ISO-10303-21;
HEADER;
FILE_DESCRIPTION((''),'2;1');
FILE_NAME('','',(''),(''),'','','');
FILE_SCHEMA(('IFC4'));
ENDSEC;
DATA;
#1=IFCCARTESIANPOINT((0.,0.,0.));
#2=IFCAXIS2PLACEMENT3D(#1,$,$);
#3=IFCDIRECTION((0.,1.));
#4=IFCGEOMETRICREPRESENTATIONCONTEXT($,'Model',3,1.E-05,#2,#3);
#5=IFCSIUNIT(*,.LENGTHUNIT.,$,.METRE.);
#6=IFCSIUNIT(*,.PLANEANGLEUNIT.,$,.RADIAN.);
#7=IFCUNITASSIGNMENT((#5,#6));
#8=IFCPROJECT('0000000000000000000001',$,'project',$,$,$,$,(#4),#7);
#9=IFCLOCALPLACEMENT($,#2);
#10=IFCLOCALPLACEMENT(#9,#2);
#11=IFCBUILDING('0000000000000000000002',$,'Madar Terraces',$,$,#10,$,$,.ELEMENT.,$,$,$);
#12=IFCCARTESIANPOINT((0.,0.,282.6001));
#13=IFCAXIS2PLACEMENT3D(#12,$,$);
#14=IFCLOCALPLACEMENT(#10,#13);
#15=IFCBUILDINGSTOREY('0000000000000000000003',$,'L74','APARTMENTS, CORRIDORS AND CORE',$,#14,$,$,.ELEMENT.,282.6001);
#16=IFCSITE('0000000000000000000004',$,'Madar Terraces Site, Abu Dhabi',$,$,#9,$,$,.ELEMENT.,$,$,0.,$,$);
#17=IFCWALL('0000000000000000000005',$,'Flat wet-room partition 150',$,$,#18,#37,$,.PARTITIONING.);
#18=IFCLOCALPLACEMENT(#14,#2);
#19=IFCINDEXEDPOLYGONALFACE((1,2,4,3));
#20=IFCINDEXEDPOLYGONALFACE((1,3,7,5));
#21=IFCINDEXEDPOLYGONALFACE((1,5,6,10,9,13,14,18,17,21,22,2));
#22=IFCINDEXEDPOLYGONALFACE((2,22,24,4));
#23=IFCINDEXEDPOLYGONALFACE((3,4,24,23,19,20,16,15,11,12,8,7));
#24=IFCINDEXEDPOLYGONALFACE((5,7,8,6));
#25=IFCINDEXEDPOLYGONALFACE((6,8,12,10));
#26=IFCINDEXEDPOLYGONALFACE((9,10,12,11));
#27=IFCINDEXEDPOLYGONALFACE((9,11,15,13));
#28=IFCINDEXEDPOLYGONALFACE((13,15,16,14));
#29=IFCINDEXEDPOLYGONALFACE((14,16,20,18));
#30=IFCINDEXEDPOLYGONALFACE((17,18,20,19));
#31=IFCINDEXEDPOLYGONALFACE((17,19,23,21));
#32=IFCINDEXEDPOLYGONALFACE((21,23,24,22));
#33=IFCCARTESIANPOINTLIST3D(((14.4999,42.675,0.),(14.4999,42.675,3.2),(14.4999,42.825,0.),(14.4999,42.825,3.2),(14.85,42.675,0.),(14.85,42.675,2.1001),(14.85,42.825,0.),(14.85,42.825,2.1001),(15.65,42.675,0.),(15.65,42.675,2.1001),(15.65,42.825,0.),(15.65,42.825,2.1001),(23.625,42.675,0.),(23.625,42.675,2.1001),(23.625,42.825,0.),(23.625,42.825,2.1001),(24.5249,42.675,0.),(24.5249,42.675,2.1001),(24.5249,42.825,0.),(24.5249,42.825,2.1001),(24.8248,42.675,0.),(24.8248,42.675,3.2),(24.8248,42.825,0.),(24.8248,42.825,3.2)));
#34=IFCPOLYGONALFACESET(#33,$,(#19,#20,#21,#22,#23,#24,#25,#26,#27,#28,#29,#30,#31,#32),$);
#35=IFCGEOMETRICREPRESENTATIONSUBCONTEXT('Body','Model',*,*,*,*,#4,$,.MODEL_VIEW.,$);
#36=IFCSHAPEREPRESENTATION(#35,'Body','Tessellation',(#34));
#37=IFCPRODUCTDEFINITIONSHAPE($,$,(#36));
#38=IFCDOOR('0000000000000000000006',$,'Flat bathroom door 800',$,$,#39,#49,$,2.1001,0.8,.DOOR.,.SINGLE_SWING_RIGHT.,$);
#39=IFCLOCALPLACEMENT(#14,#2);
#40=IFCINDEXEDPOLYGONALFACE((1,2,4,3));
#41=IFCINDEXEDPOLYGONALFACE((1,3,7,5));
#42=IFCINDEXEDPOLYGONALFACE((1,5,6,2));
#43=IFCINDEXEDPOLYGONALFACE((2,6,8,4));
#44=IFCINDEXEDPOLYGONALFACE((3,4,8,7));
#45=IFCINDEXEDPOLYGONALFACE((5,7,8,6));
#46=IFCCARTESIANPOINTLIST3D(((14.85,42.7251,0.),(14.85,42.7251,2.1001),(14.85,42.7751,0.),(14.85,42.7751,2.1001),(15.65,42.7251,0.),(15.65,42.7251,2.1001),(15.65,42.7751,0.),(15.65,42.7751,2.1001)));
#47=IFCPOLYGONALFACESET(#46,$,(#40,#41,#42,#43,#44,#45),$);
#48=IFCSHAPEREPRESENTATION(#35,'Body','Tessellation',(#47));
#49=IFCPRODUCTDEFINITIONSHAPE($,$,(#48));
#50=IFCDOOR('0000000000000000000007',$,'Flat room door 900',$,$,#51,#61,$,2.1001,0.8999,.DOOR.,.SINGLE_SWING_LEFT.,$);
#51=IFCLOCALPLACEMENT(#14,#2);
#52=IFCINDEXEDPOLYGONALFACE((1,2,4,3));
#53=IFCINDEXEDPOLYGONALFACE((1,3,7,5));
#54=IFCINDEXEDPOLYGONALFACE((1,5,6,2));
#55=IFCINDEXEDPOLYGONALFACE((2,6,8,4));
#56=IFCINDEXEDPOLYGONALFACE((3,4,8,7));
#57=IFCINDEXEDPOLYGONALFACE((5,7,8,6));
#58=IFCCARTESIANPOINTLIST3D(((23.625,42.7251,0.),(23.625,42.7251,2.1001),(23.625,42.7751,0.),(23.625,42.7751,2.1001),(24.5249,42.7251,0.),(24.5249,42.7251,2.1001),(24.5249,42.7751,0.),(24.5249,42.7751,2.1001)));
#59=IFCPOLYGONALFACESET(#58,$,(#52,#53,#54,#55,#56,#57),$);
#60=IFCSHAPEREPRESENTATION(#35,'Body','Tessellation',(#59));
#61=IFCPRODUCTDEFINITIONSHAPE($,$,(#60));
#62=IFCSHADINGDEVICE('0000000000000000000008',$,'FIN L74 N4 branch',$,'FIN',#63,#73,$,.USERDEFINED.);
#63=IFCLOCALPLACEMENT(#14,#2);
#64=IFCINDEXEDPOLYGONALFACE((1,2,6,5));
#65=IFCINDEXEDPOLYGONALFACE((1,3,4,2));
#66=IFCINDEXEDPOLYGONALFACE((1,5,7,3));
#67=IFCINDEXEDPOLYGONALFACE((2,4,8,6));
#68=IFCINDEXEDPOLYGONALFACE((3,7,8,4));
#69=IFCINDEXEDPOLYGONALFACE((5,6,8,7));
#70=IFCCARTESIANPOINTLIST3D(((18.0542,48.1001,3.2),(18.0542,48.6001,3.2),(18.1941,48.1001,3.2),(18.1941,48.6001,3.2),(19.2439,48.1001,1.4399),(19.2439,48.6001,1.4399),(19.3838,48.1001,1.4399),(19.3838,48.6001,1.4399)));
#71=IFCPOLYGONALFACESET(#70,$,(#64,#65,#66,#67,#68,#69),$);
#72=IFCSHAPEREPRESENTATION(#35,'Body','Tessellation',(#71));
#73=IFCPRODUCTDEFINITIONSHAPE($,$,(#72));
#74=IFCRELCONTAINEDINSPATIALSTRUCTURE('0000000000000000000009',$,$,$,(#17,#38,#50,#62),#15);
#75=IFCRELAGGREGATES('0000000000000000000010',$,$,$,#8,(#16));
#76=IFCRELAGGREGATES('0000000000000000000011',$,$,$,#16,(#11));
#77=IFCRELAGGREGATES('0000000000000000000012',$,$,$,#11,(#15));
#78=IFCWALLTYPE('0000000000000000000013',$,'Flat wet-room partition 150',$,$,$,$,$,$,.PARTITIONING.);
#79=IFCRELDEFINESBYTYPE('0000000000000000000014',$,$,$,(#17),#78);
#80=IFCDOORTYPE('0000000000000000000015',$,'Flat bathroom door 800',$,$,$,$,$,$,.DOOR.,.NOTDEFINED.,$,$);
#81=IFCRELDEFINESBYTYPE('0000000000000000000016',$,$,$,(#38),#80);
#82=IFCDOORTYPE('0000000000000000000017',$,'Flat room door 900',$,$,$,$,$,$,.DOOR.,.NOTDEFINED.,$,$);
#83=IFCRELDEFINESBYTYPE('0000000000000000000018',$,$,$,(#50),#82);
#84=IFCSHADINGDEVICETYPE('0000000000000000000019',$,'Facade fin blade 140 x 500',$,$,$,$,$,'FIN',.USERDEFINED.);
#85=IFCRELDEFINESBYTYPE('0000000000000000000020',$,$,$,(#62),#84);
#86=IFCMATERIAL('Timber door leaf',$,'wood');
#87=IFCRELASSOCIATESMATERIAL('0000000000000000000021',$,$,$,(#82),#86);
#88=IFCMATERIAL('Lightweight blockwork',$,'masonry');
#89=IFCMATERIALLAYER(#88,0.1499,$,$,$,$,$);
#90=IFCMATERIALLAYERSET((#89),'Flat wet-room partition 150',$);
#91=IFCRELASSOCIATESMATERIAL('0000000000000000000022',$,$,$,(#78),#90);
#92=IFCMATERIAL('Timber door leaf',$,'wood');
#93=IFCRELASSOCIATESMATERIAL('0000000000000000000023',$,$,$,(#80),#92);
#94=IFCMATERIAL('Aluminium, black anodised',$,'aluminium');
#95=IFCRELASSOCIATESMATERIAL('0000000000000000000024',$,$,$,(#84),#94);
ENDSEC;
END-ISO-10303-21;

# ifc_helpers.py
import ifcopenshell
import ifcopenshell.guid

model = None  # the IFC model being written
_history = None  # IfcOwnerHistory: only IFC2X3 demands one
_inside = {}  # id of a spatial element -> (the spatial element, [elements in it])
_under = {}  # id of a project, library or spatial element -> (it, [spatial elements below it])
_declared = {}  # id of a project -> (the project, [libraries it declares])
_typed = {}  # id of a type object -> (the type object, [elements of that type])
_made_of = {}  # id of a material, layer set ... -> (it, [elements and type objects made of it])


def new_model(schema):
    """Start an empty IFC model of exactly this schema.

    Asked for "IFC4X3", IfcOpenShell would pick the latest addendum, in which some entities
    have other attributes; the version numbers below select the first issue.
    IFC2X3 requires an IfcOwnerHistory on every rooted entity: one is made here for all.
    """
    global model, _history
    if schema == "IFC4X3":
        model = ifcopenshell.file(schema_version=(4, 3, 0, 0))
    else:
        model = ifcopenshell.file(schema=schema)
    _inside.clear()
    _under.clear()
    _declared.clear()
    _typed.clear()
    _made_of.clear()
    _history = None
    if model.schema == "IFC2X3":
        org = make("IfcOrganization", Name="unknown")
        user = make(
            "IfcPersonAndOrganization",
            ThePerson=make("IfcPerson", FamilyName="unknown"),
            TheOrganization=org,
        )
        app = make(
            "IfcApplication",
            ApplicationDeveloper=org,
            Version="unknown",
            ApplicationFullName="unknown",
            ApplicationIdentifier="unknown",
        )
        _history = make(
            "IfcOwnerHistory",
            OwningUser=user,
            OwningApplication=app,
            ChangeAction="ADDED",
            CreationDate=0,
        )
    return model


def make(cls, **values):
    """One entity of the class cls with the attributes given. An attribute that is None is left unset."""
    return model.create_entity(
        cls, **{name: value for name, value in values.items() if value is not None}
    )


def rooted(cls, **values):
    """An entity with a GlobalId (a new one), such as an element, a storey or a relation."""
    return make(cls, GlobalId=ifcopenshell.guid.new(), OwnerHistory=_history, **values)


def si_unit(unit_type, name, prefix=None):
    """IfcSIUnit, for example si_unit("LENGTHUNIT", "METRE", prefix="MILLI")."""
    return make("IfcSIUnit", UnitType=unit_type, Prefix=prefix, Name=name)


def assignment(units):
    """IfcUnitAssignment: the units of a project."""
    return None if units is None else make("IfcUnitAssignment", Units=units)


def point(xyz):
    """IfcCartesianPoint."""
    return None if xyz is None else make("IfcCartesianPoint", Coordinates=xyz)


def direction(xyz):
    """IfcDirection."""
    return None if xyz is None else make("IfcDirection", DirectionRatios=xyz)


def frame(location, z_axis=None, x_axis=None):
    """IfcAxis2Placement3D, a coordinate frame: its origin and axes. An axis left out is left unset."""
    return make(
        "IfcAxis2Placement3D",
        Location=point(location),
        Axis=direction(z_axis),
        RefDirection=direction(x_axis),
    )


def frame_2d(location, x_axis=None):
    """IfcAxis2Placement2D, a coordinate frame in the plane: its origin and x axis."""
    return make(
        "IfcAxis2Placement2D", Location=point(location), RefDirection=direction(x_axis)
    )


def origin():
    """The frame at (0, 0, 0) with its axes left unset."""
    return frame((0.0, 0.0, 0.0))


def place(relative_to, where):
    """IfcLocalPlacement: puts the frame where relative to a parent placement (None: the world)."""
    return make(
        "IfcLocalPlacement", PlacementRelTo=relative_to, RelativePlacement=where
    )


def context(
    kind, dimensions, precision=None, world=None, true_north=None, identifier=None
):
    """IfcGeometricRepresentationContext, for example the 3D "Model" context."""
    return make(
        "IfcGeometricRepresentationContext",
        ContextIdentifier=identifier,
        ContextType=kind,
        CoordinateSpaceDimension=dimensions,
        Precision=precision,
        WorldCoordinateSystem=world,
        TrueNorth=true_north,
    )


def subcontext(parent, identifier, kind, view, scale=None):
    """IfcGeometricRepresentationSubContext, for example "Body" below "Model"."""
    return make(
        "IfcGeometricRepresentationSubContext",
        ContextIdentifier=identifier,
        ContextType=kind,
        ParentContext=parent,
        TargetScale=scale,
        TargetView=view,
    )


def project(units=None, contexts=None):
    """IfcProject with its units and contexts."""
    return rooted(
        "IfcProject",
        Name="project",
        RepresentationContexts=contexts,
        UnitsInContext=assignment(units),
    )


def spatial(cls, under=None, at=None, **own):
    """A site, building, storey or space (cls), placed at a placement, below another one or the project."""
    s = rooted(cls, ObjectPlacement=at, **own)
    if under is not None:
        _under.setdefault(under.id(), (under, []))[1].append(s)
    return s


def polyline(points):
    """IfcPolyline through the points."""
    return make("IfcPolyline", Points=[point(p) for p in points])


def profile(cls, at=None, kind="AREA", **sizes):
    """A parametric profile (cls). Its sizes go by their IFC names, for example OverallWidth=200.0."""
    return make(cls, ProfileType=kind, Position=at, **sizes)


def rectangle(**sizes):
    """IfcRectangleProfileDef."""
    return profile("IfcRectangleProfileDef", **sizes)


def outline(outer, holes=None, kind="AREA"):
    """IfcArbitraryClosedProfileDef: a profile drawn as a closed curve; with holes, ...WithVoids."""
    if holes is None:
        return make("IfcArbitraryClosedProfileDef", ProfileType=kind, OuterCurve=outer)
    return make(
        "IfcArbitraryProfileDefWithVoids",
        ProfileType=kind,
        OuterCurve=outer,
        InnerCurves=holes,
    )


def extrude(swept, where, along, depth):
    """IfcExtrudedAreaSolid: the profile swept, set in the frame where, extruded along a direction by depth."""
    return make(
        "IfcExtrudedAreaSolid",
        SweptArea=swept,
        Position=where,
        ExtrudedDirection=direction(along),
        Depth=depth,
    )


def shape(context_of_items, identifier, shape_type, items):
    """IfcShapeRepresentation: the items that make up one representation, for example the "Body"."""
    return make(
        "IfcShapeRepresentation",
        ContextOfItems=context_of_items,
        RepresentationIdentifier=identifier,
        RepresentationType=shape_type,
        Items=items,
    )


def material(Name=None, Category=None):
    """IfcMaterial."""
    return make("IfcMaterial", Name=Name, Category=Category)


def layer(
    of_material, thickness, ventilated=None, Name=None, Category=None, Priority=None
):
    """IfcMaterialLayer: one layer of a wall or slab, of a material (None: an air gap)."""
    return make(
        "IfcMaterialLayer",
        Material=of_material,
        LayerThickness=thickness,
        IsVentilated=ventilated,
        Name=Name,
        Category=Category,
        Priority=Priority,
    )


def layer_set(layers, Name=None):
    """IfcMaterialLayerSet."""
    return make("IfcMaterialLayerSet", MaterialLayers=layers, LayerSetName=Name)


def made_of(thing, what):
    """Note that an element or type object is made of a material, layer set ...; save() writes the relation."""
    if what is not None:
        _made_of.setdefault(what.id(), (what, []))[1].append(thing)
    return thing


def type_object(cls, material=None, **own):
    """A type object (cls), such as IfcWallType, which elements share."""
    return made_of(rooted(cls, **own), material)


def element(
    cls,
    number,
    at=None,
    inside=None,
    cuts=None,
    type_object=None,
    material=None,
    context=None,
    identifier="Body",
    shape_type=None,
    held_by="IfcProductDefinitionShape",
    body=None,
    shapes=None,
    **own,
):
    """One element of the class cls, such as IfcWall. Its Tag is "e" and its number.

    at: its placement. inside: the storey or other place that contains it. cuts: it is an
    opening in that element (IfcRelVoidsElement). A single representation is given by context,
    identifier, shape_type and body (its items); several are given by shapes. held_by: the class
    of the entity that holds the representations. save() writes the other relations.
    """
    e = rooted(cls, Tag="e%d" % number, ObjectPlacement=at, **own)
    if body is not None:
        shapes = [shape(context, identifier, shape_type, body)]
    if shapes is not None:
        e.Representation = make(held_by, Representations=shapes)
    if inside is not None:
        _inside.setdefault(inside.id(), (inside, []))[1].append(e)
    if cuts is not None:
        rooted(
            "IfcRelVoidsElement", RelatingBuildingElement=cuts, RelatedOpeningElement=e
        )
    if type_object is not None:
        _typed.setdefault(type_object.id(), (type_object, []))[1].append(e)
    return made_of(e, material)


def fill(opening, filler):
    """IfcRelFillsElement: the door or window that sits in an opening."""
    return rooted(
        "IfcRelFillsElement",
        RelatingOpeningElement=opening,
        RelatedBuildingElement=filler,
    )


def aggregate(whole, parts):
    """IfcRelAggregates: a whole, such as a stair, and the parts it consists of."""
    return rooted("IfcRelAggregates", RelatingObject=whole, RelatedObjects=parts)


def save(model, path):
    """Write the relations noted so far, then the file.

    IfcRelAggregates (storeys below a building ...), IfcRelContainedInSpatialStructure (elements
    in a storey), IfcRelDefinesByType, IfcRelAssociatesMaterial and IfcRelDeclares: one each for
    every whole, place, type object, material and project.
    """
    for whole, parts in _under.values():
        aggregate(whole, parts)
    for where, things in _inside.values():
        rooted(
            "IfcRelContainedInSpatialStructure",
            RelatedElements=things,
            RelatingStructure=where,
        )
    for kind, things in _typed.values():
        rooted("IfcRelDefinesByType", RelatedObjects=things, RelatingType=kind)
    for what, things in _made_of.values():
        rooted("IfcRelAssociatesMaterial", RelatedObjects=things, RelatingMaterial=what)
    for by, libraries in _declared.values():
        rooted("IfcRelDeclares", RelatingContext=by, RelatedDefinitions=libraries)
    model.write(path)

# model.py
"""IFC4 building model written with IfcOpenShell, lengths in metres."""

from ifc_helpers import new_model, si_unit, direction, frame, frame_2d, origin, place, context, subcontext, project, spatial, polyline, rectangle, outline, extrude, material, layer, layer_set, type_object, element, fill, save


model = new_model("IFC4")

# Units and contexts
model_context = context("Model", 3, precision=1e-05, world=origin(), true_north=direction((0.0, 1.0)))
body_context = subcontext(model_context, "Body", "Model", "MODEL_VIEW")
ifc_project = project(units=[si_unit("LENGTHUNIT", "METRE"), si_unit("PLANEANGLEUNIT", "RADIAN")], contexts=[model_context])

# Site, building, storey
site_placement = place(None, origin())
site = spatial("IfcSite", under=ifc_project, at=site_placement, Name="Madar Terraces Site, Abu Dhabi", CompositionType="ELEMENT", RefElevation=0.0)
building_placement = place(site_placement, origin())
building = spatial("IfcBuilding", under=site, at=building_placement, Name="Madar Terraces", CompositionType="ELEMENT")
storey_placement = place(building_placement, frame((0.0, 0.0, 282.6001)))
storey = spatial("IfcBuildingStorey", under=building, at=storey_placement, Name="L74", Description="APARTMENTS, CORRIDORS AND CORE", CompositionType="ELEMENT", Elevation=282.6001)

# Shared definitions
ifc_material_1 = material(Name="Timber door leaf", Category="wood")
door_type_1 = type_object("IfcDoorType", Name="Flat room door 900", OperationType="NOTDEFINED", PredefinedType="DOOR", material=ifc_material_1)

# Shared definitions
ifc_material_2 = material(Name="Lightweight blockwork", Category="masonry")
ifc_layer_1 = layer(ifc_material_2, 0.1499)
ifc_layer_set_1 = layer_set([ifc_layer_1], Name="Flat wet-room partition 150")
wall_type_1 = type_object("IfcWallType", Name="Flat wet-room partition 150", PredefinedType="PARTITIONING", material=ifc_layer_set_1)

# Wall, openings, doors
wall_1_placement = place(storey_placement, frame((24.825, 42.75, 0.0), z_axis=(0.0, 0.0, 1.0), x_axis=(-1.0, 0.0, 0.0)))
wall_1 = element("IfcWall", 1, at=wall_1_placement, inside=storey, type_object=wall_type_1, Name="Flat wet-room partition 150", PredefinedType="PARTITIONING", context=body_context, shape_type="SweptSolid", body=[
    extrude(rectangle(XDim=10.325, YDim=0.1499, at=frame_2d((5.1626, 0.0))), origin(), (0.0, 0.0, 1.0), 3.2),
])
opening_1_placement = place(wall_1_placement, frame((0.3, 0.0, 0.0)))
opening_1 = element("IfcOpeningElement", 2, at=opening_1_placement, cuts=wall_1, PredefinedType="OPENING", context=body_context, shape_type="SweptSolid", body=[
    extrude(rectangle(XDim=0.8999, YDim=2.1001, at=frame_2d((0.45, 1.05))), frame((0.0, 0.085, 0.0), z_axis=(0.0, -1.0, 0.0), x_axis=(1.0, 0.0, 0.0)), (0.0, 0.0, 1.0), 0.1699),
])
opening_2_placement = place(wall_1_placement, frame((9.175, 0.0, 0.0)))
opening_2 = element("IfcOpeningElement", 3, at=opening_2_placement, cuts=wall_1, PredefinedType="OPENING", context=body_context, shape_type="SweptSolid", body=[
    extrude(rectangle(XDim=0.8, YDim=2.1001, at=frame_2d((0.3999, 1.05))), frame((0.0, 0.085, 0.0), z_axis=(0.0, -1.0, 0.0), x_axis=(1.0, 0.0, 0.0)), (0.0, 0.0, 1.0), 0.1699),
])
ifc_material_3 = material(Name="Timber door leaf", Category="wood")
door_type_2 = type_object("IfcDoorType", Name="Flat bathroom door 800", OperationType="NOTDEFINED", PredefinedType="DOOR", material=ifc_material_3)
door_1_placement = place(opening_2_placement, origin())
door_1 = element("IfcDoor", 4, at=door_1_placement, inside=storey, type_object=door_type_2, Name="Flat bathroom door 800", OperationType="SINGLE_SWING_RIGHT", OverallHeight=2.1001, OverallWidth=0.8, PredefinedType="DOOR", context=body_context, shape_type="SweptSolid", body=[
    extrude(rectangle(XDim=0.8, YDim=2.1001, at=frame_2d((0.3999, 1.05))), frame((0.0, 0.0249, 0.0), z_axis=(0.0, -1.0, 0.0), x_axis=(1.0, 0.0, 0.0)), (0.0, 0.0, 1.0), 0.05),
])
fill(opening_2, door_1)
door_2_placement = place(opening_1_placement, origin())
door_2 = element("IfcDoor", 5, at=door_2_placement, inside=storey, type_object=door_type_1, Name="Flat room door 900", OperationType="SINGLE_SWING_LEFT", OverallHeight=2.1001, OverallWidth=0.8999, PredefinedType="DOOR", context=body_context, shape_type="SweptSolid", body=[
    extrude(rectangle(XDim=0.8999, YDim=2.1001, at=frame_2d((0.45, 1.05))), frame((0.0, 0.0249, 0.0), z_axis=(0.0, -1.0, 0.0), x_axis=(1.0, 0.0, 0.0)), (0.0, 0.0, 1.0), 0.05),
])
fill(opening_1, door_2)

# Shading device
ifc_material_4 = material(Name="Aluminium, black anodised", Category="aluminium")
shading_device_type = type_object("IfcShadingDeviceType", Name="Facade fin blade 140 x 500", ElementType="FIN", PredefinedType="USERDEFINED", material=ifc_material_4)
shading_device_placement = place(storey_placement, frame((19.3838, 48.3501, 1.4399), z_axis=(0.0, 0.0, 1.0), x_axis=(-1.0, 0.0, 0.0)))
element("IfcShadingDevice", 6, at=shading_device_placement, inside=storey, type_object=shading_device_type, Name="FIN L74 N4 branch", ObjectType="FIN", PredefinedType="USERDEFINED", context=body_context, shape_type="SweptSolid", body=[
    extrude(outline(polyline([(0.0, 0.0), (0.1399, 0.0), (1.3296, 1.76), (1.1897, 1.76), (0.0, 0.0)])), frame((0.0, 0.25, 0.0), z_axis=(0.0, -1.0, 0.0), x_axis=(1.0, 0.0, 0.0)), (0.0, 0.0, 1.0), 0.5),
])

save(model, "model.ifc")
